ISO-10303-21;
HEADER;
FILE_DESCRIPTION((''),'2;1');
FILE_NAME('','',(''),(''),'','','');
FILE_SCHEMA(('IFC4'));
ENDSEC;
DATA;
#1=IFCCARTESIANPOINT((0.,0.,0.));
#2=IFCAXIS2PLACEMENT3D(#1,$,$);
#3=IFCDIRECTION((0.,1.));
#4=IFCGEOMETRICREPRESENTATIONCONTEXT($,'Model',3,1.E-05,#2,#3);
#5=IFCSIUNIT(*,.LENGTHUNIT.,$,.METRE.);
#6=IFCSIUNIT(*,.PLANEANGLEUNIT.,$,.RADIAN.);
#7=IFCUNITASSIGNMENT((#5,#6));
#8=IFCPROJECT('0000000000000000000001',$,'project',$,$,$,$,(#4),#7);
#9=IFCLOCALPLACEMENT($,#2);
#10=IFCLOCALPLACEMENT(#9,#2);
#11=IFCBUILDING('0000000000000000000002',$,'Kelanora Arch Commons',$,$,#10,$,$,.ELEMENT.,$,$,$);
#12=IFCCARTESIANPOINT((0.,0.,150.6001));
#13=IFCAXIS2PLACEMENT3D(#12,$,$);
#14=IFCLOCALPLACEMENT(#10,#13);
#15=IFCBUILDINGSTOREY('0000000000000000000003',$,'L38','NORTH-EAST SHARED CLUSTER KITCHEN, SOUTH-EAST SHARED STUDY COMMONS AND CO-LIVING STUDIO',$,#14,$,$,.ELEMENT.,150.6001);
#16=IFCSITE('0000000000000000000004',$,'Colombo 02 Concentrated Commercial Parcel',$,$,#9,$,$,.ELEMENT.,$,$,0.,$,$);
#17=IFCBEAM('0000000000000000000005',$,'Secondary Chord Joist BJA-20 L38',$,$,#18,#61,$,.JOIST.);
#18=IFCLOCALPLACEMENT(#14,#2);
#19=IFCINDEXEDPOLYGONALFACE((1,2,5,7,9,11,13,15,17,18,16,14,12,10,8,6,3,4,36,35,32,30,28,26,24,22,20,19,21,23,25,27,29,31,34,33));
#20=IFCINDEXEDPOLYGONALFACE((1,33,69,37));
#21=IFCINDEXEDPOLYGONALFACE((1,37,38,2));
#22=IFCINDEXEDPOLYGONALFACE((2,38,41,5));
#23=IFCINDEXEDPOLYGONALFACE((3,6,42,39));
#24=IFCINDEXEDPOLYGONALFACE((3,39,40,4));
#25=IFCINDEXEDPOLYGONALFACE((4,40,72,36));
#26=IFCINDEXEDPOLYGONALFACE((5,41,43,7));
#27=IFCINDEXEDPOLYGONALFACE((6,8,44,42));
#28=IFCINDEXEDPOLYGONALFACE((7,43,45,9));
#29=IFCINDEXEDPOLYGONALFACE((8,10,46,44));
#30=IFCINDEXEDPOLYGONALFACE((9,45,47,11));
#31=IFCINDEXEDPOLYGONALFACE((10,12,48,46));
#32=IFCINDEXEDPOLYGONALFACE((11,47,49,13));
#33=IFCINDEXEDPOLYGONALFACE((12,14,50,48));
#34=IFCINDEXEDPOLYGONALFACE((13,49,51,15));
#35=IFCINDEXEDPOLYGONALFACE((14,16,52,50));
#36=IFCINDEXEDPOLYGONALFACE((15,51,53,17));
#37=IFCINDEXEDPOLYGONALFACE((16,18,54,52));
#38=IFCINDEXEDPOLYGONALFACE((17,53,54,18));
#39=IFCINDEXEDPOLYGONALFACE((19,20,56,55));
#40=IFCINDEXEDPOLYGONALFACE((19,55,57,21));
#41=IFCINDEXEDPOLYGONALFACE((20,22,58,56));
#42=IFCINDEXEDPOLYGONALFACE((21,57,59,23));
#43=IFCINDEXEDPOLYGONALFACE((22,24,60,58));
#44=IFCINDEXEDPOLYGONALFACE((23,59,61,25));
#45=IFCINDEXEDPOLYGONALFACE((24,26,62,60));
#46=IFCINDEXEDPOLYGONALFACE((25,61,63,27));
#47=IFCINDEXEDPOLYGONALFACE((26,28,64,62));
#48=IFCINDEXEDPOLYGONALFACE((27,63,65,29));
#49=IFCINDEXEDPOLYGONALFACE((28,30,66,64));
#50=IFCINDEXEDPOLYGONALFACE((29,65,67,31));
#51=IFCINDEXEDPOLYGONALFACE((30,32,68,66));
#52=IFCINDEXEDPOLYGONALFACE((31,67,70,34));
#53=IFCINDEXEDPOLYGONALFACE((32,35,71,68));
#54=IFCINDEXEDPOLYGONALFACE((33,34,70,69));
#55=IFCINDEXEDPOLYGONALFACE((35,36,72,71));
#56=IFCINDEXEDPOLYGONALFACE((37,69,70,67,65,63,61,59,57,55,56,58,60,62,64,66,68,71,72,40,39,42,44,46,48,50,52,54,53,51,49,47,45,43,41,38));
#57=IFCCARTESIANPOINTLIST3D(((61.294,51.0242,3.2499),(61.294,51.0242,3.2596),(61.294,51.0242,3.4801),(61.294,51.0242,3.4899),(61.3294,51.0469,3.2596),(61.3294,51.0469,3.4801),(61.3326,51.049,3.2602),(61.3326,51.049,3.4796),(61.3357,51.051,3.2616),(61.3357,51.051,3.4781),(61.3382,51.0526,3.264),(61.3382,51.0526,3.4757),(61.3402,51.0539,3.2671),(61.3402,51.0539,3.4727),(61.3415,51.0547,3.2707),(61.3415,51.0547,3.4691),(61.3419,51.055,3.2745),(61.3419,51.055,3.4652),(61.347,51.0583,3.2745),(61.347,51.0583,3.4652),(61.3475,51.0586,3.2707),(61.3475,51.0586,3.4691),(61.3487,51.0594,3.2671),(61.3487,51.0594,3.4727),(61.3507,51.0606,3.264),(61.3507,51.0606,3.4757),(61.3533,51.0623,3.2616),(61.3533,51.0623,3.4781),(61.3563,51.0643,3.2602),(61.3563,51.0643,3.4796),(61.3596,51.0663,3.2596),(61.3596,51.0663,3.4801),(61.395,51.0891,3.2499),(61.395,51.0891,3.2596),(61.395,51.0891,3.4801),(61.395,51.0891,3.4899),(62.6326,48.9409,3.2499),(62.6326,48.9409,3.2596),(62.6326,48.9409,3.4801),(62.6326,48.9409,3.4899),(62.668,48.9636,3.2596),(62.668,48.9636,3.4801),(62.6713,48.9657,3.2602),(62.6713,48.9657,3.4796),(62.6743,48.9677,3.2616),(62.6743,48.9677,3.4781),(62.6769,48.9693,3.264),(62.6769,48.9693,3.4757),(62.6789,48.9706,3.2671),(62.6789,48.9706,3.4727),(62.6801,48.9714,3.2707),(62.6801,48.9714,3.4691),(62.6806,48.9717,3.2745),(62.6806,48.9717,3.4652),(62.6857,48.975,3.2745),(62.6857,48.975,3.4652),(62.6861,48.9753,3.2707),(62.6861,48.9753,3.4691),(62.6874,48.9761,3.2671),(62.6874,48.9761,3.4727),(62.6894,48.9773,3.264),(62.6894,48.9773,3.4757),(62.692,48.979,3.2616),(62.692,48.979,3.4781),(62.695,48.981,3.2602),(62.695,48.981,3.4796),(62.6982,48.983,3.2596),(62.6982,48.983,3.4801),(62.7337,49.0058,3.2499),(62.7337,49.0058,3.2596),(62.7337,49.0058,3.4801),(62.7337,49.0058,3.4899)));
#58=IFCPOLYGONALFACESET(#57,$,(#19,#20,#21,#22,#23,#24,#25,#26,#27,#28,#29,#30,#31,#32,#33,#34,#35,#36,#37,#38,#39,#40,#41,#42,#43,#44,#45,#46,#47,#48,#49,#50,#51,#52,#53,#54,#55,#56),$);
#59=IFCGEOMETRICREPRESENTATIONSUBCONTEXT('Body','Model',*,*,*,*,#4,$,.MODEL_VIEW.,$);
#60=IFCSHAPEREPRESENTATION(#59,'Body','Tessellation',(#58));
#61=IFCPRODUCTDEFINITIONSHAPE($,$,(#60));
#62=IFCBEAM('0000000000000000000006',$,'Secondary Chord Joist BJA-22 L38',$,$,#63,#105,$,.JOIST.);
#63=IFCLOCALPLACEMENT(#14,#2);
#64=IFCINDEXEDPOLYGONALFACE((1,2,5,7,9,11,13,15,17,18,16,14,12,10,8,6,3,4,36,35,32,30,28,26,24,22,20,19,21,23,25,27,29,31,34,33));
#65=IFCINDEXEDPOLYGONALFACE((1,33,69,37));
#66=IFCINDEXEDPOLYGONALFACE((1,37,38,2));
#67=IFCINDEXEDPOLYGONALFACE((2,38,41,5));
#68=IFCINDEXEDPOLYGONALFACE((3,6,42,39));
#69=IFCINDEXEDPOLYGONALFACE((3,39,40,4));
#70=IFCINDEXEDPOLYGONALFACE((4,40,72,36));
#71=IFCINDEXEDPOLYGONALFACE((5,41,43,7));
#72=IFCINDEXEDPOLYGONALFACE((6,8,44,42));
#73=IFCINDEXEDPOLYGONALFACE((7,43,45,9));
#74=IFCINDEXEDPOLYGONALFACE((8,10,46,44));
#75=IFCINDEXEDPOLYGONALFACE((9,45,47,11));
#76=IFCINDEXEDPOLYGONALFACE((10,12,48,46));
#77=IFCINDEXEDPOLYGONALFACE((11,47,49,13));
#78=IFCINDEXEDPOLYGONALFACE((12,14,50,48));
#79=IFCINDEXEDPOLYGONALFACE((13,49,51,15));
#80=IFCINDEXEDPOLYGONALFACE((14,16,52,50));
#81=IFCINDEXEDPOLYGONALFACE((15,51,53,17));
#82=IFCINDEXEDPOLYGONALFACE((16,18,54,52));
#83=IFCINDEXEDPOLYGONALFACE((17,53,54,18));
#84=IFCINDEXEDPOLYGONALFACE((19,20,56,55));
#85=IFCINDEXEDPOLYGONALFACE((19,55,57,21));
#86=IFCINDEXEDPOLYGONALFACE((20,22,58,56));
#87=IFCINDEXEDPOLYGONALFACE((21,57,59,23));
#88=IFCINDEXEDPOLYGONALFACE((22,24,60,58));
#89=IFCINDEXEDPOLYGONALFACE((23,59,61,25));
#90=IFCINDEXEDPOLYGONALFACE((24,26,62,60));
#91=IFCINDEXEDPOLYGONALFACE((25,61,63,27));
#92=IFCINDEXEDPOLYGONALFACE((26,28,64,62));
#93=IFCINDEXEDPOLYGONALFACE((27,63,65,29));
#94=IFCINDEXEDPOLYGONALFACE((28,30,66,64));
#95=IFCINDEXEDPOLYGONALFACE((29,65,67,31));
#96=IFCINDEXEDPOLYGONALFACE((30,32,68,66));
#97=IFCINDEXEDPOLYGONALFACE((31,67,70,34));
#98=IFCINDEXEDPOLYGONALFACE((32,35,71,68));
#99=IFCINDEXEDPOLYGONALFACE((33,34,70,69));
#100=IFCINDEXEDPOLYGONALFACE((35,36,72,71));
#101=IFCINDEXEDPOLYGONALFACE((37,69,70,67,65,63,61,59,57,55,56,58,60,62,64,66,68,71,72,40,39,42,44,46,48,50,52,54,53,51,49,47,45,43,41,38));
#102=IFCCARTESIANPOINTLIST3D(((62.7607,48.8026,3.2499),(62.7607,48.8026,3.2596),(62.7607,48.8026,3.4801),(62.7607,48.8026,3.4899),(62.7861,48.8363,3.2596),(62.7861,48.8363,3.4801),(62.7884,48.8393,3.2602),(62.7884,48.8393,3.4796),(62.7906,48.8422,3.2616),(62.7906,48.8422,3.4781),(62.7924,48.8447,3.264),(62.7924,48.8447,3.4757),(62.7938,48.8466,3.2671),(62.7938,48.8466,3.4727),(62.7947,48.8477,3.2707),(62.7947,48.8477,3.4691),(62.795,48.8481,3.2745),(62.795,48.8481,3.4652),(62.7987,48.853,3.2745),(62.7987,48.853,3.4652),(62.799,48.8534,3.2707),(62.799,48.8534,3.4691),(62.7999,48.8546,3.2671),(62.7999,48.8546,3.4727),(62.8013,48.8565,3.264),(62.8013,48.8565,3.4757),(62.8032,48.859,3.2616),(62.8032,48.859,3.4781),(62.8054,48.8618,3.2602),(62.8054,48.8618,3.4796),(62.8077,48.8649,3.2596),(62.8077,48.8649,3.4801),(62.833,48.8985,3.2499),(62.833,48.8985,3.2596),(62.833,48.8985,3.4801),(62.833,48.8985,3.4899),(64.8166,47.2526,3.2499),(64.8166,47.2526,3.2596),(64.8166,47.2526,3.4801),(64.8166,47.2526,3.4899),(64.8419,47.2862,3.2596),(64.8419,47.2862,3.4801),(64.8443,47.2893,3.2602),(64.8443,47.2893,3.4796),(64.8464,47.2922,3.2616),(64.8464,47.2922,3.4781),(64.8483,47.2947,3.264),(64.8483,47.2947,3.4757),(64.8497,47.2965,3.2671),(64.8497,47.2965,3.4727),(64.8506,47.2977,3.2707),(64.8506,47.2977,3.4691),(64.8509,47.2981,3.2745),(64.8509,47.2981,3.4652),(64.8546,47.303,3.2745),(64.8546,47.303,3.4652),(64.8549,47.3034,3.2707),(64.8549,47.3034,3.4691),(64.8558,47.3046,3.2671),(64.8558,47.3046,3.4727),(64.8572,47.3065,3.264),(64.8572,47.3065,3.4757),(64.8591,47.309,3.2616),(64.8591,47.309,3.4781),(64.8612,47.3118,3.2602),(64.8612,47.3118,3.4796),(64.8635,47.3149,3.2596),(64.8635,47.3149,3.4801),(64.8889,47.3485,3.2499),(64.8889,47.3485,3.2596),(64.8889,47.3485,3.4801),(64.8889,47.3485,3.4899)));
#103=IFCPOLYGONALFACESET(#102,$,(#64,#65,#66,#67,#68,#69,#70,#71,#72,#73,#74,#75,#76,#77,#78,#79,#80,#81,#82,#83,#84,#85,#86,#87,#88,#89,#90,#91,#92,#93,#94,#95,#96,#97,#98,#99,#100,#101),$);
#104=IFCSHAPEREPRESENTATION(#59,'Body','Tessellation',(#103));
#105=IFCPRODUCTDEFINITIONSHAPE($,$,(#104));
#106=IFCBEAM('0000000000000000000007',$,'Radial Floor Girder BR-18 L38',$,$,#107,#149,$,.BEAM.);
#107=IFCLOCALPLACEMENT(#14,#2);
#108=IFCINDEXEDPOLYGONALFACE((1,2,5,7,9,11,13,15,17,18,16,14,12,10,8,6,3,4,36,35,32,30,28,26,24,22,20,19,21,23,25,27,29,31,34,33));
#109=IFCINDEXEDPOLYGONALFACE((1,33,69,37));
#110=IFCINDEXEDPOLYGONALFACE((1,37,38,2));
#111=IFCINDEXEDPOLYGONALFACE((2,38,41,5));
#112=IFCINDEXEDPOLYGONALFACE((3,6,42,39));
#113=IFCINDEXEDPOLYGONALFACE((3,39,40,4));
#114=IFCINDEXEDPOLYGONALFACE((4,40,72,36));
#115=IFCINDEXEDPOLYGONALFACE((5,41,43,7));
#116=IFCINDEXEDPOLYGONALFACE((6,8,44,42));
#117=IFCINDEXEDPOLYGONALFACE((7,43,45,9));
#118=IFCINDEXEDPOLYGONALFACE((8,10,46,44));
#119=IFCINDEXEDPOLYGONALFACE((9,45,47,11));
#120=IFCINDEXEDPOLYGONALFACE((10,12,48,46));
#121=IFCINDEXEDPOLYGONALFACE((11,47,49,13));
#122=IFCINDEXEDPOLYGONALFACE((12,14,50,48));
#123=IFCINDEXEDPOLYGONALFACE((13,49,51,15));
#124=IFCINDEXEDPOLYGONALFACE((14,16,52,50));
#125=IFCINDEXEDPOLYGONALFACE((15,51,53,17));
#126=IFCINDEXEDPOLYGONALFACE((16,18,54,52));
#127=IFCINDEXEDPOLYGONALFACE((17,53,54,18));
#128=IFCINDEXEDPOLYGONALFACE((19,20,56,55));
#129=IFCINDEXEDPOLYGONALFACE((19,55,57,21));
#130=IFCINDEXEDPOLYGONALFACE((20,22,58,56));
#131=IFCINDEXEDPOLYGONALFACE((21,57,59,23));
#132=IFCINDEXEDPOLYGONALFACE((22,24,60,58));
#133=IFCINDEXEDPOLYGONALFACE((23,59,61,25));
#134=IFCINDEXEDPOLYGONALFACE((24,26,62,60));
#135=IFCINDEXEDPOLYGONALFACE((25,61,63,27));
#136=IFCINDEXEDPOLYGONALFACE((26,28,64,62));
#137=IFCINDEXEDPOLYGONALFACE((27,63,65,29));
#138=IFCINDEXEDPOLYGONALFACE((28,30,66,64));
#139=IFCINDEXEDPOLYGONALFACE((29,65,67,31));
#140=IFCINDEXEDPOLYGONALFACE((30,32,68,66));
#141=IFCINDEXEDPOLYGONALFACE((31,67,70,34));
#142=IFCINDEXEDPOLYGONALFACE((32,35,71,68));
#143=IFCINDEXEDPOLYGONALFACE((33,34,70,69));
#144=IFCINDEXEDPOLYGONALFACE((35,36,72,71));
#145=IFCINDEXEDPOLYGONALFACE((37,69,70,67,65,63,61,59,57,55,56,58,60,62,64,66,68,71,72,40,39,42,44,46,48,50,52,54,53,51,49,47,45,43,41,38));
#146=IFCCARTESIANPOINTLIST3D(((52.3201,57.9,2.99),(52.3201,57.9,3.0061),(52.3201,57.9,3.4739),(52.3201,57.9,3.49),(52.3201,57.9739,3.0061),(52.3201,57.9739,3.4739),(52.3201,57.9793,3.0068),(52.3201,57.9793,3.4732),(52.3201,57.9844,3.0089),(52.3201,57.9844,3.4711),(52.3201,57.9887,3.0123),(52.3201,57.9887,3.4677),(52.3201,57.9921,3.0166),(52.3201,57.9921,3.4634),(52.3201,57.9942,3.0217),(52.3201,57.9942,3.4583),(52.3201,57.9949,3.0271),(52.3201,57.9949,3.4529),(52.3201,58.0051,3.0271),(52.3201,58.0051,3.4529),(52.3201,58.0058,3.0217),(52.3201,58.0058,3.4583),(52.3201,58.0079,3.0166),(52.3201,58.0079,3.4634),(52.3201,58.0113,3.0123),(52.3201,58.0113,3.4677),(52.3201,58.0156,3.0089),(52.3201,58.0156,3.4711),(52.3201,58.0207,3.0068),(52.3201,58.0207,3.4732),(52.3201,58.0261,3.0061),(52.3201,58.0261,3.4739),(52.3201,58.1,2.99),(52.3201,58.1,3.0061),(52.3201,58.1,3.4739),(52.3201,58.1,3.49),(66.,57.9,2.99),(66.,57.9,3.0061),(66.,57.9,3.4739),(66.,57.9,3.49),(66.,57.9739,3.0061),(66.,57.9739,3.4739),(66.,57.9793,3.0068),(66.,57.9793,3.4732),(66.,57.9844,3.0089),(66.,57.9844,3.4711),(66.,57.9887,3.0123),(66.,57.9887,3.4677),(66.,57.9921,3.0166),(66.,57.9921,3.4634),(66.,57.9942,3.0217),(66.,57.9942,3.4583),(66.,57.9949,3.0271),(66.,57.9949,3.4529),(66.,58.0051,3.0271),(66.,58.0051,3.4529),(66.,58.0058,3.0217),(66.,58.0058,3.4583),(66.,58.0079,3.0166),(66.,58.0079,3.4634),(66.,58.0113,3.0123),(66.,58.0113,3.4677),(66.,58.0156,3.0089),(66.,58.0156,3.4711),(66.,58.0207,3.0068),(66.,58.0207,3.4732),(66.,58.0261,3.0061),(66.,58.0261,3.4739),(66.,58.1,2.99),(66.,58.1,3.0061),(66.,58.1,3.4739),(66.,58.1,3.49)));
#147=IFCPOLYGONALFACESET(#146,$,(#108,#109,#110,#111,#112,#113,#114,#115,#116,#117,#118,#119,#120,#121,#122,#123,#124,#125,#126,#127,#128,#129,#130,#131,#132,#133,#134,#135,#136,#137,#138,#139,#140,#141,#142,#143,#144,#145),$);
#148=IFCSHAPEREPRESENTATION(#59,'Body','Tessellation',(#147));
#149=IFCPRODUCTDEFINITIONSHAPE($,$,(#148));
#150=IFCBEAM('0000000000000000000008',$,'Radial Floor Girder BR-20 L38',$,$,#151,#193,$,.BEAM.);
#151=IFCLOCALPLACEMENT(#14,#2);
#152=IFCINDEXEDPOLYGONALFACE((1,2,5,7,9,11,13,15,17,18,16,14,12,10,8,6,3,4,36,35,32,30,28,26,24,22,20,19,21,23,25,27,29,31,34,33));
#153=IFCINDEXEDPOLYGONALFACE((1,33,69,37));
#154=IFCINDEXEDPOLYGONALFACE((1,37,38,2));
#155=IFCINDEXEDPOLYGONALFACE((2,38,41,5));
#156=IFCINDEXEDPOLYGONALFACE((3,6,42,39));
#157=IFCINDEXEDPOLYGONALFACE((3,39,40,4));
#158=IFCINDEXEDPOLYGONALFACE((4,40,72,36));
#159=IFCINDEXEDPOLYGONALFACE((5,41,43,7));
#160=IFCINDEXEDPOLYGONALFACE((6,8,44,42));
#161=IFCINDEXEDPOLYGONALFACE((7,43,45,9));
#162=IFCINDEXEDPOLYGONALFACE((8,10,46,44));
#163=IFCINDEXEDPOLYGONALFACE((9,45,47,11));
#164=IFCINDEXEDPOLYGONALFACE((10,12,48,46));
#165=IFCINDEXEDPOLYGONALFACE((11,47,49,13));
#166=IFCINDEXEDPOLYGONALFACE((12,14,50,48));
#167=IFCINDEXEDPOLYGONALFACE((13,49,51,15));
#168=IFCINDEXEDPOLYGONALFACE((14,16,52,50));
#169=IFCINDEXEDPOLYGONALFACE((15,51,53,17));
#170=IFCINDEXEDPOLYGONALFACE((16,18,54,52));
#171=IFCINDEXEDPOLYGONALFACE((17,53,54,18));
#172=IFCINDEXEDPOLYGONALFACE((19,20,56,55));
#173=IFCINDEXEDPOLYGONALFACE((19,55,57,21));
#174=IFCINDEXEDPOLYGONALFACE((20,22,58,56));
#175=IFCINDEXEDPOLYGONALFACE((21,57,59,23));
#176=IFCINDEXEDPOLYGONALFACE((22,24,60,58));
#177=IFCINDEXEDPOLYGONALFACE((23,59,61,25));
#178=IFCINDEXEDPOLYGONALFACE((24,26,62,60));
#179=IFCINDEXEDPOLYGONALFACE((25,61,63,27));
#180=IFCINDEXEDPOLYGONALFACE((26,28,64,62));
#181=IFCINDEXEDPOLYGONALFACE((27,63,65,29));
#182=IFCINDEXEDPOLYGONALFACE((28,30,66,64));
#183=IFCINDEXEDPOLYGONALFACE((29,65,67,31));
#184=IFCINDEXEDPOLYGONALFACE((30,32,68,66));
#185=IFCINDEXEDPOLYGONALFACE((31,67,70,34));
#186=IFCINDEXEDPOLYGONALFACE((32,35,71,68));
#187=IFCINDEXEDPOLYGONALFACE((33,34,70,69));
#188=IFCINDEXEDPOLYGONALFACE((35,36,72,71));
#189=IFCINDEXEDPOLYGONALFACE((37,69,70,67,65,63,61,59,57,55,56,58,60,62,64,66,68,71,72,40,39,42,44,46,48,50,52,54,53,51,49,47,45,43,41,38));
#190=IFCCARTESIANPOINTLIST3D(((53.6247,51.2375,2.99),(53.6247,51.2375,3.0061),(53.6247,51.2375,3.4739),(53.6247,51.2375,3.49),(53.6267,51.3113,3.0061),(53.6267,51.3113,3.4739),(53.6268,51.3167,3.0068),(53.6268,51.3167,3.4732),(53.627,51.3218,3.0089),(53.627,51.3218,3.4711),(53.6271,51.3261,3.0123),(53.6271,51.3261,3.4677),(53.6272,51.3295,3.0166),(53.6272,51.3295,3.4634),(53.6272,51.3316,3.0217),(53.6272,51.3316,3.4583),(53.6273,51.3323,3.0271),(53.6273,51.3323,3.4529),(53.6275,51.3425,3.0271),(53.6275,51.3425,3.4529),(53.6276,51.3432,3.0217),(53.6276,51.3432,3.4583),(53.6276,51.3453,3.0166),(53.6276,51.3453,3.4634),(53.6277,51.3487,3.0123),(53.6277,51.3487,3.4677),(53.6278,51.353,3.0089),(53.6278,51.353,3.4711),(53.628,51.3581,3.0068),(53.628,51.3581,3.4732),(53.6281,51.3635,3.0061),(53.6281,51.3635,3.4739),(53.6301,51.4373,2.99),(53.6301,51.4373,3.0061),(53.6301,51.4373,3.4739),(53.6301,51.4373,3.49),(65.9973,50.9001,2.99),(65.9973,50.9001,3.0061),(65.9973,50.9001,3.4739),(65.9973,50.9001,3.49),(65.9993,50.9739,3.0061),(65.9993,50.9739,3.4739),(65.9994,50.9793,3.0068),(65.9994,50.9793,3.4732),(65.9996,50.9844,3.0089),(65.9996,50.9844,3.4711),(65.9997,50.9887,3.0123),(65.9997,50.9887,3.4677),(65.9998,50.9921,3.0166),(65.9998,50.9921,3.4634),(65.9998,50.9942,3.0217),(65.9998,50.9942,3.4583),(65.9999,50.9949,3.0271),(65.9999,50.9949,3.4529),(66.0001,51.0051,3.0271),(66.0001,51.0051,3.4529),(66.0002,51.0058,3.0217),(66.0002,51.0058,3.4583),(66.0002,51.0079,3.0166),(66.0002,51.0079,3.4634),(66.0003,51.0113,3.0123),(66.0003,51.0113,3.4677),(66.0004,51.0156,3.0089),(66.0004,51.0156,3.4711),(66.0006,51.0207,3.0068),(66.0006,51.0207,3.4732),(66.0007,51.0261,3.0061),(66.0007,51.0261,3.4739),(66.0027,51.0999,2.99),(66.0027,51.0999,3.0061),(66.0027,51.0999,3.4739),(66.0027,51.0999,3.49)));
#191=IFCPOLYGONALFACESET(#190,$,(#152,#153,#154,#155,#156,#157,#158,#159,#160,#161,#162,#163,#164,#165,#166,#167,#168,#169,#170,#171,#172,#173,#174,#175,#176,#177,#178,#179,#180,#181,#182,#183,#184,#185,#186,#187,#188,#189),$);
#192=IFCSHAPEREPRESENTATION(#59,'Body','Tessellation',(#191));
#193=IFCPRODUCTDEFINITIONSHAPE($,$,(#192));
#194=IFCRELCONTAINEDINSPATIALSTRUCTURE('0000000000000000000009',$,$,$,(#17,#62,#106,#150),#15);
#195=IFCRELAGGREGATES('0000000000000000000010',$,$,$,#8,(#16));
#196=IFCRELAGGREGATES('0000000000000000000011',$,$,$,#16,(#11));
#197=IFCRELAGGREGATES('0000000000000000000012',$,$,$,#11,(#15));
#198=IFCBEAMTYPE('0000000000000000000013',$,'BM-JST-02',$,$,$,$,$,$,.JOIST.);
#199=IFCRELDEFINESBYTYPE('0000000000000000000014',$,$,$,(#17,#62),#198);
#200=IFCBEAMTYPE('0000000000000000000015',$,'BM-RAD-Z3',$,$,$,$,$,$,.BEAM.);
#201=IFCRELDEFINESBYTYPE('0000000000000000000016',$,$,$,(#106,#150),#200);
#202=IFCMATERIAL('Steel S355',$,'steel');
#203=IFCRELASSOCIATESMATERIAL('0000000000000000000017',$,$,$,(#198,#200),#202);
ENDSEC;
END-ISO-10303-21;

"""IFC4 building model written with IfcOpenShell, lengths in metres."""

from ifc_helpers import new_model, si_unit, direction, frame, origin, origin_2d, place, context, subcontext, project, spatial, i_section, extrude, material, material_profile, profile_set, type_object, element, save


model = new_model("IFC4")

# Units and contexts
model_context = context("Model", 3, precision=1e-05, world=origin(), true_north=direction((0.0, 1.0)))
body_context = subcontext(model_context, "Body", "Model", "MODEL_VIEW")
ifc_project = project(units=[si_unit("LENGTHUNIT", "METRE"), si_unit("PLANEANGLEUNIT", "RADIAN")], contexts=[model_context])

# Site, building, storey
site_placement = place(None, origin())
site = spatial("IfcSite", under=ifc_project, at=site_placement, Name="Colombo 02 Concentrated Commercial Parcel", CompositionType="ELEMENT", RefElevation=0.0)
building_placement = place(site_placement, origin())
building = spatial("IfcBuilding", under=site, at=building_placement, Name="Kelanora Arch Commons", CompositionType="ELEMENT")
storey_placement = place(building_placement, frame((0.0, 0.0, 150.6001)))
storey = spatial("IfcBuildingStorey", under=building, at=storey_placement, Name="L38", Description="NORTH-EAST SHARED CLUSTER KITCHEN, SOUTH-EAST SHARED STUDY COMMONS AND CO-LIVING STUDIO", CompositionType="ELEMENT", Elevation=150.6001)

# Beams
ifc_material_1 = material(Name="Steel S355", Category="steel")
ifc_material_profile_1 = material_profile(ifc_material_1, i_section(OverallWidth=0.1201, OverallDepth=0.24, WebThickness=0.0061, FlangeThickness=0.0098, FilletRadius=0.0149, at=origin_2d()), Name="IPE240")
ifc_profile_set_1 = profile_set([ifc_material_profile_1], Name="Steel S355")
beam_type_1 = type_object("IfcBeamType", Name="BM-JST-02", PredefinedType="JOIST", material=ifc_profile_set_1)
beam_1_placement = place(storey_placement, frame((61.3445, 51.0566, 3.3699), z_axis=(0.540583, -0.841291, 0.0), x_axis=(0.841291, 0.540583, 0.0)))
element("IfcBeam", 1, at=beam_1_placement, inside=storey, type_object=beam_type_1, Name="Secondary Chord Joist BJA-20 L38", PredefinedType="JOIST", context=body_context, shape_type="SweptSolid", body=[
    extrude(i_section(OverallWidth=0.1201, OverallDepth=0.24, WebThickness=0.0061, FlangeThickness=0.0098, FilletRadius=0.0149, at=origin_2d()), origin(), (0.0, 0.0, 1.0), 2.4763),
])
beam_2_placement = place(storey_placement, frame((62.7969, 48.8506, 3.3699), z_axis=(0.798484, -0.602016, 0.0), x_axis=(0.602016, 0.798484, 0.0)))
element("IfcBeam", 2, at=beam_2_placement, inside=storey, type_object=beam_type_1, Name="Secondary Chord Joist BJA-22 L38", PredefinedType="JOIST", context=body_context, shape_type="SweptSolid", body=[
    extrude(i_section(OverallWidth=0.1201, OverallDepth=0.24, WebThickness=0.0061, FlangeThickness=0.0098, FilletRadius=0.0149, at=origin_2d()), origin(), (0.0, 0.0, 1.0), 2.5747),
])
ifc_material_profile_2 = material_profile(ifc_material_1, i_section(OverallWidth=0.2, OverallDepth=0.5, WebThickness=0.0103, FlangeThickness=0.0161, FilletRadius=0.021, at=origin_2d()), Name="IPE500")
ifc_profile_set_2 = profile_set([ifc_material_profile_2], Name="Steel S355")
beam_type_2 = type_object("IfcBeamType", Name="BM-RAD-Z3", PredefinedType="BEAM", material=ifc_profile_set_2)
beam_3_placement = place(storey_placement, frame((66.0, 58.0, 3.24), z_axis=(-1.0, 0.0, 0.0), x_axis=(0.0, -1.0, 0.0)))
element("IfcBeam", 3, at=beam_3_placement, inside=storey, type_object=beam_type_2, Name="Radial Floor Girder BR-18 L38", PredefinedType="BEAM", context=body_context, shape_type="SweptSolid", body=[
    extrude(i_section(OverallWidth=0.2, OverallDepth=0.5, WebThickness=0.0103, FlangeThickness=0.0161, FilletRadius=0.021, at=origin_2d()), origin(), (0.0, 0.0, 1.0), 13.6799),
])
beam_4_placement = place(storey_placement, frame((66.0, 51.0, 3.24), z_axis=(-0.999628, 0.02726, 0.0), x_axis=(-0.02726, -0.999628, 0.0)))
element("IfcBeam", 4, at=beam_4_placement, inside=storey, type_object=beam_type_2, Name="Radial Floor Girder BR-20 L38", PredefinedType="BEAM", context=body_context, shape_type="SweptSolid", body=[
    extrude(i_section(OverallWidth=0.2, OverallDepth=0.5, WebThickness=0.0103, FlangeThickness=0.0161, FilletRadius=0.021, at=origin_2d()), origin(), (0.0, 0.0, 1.0), 12.3772),
])

save(model, "model.ifc")
